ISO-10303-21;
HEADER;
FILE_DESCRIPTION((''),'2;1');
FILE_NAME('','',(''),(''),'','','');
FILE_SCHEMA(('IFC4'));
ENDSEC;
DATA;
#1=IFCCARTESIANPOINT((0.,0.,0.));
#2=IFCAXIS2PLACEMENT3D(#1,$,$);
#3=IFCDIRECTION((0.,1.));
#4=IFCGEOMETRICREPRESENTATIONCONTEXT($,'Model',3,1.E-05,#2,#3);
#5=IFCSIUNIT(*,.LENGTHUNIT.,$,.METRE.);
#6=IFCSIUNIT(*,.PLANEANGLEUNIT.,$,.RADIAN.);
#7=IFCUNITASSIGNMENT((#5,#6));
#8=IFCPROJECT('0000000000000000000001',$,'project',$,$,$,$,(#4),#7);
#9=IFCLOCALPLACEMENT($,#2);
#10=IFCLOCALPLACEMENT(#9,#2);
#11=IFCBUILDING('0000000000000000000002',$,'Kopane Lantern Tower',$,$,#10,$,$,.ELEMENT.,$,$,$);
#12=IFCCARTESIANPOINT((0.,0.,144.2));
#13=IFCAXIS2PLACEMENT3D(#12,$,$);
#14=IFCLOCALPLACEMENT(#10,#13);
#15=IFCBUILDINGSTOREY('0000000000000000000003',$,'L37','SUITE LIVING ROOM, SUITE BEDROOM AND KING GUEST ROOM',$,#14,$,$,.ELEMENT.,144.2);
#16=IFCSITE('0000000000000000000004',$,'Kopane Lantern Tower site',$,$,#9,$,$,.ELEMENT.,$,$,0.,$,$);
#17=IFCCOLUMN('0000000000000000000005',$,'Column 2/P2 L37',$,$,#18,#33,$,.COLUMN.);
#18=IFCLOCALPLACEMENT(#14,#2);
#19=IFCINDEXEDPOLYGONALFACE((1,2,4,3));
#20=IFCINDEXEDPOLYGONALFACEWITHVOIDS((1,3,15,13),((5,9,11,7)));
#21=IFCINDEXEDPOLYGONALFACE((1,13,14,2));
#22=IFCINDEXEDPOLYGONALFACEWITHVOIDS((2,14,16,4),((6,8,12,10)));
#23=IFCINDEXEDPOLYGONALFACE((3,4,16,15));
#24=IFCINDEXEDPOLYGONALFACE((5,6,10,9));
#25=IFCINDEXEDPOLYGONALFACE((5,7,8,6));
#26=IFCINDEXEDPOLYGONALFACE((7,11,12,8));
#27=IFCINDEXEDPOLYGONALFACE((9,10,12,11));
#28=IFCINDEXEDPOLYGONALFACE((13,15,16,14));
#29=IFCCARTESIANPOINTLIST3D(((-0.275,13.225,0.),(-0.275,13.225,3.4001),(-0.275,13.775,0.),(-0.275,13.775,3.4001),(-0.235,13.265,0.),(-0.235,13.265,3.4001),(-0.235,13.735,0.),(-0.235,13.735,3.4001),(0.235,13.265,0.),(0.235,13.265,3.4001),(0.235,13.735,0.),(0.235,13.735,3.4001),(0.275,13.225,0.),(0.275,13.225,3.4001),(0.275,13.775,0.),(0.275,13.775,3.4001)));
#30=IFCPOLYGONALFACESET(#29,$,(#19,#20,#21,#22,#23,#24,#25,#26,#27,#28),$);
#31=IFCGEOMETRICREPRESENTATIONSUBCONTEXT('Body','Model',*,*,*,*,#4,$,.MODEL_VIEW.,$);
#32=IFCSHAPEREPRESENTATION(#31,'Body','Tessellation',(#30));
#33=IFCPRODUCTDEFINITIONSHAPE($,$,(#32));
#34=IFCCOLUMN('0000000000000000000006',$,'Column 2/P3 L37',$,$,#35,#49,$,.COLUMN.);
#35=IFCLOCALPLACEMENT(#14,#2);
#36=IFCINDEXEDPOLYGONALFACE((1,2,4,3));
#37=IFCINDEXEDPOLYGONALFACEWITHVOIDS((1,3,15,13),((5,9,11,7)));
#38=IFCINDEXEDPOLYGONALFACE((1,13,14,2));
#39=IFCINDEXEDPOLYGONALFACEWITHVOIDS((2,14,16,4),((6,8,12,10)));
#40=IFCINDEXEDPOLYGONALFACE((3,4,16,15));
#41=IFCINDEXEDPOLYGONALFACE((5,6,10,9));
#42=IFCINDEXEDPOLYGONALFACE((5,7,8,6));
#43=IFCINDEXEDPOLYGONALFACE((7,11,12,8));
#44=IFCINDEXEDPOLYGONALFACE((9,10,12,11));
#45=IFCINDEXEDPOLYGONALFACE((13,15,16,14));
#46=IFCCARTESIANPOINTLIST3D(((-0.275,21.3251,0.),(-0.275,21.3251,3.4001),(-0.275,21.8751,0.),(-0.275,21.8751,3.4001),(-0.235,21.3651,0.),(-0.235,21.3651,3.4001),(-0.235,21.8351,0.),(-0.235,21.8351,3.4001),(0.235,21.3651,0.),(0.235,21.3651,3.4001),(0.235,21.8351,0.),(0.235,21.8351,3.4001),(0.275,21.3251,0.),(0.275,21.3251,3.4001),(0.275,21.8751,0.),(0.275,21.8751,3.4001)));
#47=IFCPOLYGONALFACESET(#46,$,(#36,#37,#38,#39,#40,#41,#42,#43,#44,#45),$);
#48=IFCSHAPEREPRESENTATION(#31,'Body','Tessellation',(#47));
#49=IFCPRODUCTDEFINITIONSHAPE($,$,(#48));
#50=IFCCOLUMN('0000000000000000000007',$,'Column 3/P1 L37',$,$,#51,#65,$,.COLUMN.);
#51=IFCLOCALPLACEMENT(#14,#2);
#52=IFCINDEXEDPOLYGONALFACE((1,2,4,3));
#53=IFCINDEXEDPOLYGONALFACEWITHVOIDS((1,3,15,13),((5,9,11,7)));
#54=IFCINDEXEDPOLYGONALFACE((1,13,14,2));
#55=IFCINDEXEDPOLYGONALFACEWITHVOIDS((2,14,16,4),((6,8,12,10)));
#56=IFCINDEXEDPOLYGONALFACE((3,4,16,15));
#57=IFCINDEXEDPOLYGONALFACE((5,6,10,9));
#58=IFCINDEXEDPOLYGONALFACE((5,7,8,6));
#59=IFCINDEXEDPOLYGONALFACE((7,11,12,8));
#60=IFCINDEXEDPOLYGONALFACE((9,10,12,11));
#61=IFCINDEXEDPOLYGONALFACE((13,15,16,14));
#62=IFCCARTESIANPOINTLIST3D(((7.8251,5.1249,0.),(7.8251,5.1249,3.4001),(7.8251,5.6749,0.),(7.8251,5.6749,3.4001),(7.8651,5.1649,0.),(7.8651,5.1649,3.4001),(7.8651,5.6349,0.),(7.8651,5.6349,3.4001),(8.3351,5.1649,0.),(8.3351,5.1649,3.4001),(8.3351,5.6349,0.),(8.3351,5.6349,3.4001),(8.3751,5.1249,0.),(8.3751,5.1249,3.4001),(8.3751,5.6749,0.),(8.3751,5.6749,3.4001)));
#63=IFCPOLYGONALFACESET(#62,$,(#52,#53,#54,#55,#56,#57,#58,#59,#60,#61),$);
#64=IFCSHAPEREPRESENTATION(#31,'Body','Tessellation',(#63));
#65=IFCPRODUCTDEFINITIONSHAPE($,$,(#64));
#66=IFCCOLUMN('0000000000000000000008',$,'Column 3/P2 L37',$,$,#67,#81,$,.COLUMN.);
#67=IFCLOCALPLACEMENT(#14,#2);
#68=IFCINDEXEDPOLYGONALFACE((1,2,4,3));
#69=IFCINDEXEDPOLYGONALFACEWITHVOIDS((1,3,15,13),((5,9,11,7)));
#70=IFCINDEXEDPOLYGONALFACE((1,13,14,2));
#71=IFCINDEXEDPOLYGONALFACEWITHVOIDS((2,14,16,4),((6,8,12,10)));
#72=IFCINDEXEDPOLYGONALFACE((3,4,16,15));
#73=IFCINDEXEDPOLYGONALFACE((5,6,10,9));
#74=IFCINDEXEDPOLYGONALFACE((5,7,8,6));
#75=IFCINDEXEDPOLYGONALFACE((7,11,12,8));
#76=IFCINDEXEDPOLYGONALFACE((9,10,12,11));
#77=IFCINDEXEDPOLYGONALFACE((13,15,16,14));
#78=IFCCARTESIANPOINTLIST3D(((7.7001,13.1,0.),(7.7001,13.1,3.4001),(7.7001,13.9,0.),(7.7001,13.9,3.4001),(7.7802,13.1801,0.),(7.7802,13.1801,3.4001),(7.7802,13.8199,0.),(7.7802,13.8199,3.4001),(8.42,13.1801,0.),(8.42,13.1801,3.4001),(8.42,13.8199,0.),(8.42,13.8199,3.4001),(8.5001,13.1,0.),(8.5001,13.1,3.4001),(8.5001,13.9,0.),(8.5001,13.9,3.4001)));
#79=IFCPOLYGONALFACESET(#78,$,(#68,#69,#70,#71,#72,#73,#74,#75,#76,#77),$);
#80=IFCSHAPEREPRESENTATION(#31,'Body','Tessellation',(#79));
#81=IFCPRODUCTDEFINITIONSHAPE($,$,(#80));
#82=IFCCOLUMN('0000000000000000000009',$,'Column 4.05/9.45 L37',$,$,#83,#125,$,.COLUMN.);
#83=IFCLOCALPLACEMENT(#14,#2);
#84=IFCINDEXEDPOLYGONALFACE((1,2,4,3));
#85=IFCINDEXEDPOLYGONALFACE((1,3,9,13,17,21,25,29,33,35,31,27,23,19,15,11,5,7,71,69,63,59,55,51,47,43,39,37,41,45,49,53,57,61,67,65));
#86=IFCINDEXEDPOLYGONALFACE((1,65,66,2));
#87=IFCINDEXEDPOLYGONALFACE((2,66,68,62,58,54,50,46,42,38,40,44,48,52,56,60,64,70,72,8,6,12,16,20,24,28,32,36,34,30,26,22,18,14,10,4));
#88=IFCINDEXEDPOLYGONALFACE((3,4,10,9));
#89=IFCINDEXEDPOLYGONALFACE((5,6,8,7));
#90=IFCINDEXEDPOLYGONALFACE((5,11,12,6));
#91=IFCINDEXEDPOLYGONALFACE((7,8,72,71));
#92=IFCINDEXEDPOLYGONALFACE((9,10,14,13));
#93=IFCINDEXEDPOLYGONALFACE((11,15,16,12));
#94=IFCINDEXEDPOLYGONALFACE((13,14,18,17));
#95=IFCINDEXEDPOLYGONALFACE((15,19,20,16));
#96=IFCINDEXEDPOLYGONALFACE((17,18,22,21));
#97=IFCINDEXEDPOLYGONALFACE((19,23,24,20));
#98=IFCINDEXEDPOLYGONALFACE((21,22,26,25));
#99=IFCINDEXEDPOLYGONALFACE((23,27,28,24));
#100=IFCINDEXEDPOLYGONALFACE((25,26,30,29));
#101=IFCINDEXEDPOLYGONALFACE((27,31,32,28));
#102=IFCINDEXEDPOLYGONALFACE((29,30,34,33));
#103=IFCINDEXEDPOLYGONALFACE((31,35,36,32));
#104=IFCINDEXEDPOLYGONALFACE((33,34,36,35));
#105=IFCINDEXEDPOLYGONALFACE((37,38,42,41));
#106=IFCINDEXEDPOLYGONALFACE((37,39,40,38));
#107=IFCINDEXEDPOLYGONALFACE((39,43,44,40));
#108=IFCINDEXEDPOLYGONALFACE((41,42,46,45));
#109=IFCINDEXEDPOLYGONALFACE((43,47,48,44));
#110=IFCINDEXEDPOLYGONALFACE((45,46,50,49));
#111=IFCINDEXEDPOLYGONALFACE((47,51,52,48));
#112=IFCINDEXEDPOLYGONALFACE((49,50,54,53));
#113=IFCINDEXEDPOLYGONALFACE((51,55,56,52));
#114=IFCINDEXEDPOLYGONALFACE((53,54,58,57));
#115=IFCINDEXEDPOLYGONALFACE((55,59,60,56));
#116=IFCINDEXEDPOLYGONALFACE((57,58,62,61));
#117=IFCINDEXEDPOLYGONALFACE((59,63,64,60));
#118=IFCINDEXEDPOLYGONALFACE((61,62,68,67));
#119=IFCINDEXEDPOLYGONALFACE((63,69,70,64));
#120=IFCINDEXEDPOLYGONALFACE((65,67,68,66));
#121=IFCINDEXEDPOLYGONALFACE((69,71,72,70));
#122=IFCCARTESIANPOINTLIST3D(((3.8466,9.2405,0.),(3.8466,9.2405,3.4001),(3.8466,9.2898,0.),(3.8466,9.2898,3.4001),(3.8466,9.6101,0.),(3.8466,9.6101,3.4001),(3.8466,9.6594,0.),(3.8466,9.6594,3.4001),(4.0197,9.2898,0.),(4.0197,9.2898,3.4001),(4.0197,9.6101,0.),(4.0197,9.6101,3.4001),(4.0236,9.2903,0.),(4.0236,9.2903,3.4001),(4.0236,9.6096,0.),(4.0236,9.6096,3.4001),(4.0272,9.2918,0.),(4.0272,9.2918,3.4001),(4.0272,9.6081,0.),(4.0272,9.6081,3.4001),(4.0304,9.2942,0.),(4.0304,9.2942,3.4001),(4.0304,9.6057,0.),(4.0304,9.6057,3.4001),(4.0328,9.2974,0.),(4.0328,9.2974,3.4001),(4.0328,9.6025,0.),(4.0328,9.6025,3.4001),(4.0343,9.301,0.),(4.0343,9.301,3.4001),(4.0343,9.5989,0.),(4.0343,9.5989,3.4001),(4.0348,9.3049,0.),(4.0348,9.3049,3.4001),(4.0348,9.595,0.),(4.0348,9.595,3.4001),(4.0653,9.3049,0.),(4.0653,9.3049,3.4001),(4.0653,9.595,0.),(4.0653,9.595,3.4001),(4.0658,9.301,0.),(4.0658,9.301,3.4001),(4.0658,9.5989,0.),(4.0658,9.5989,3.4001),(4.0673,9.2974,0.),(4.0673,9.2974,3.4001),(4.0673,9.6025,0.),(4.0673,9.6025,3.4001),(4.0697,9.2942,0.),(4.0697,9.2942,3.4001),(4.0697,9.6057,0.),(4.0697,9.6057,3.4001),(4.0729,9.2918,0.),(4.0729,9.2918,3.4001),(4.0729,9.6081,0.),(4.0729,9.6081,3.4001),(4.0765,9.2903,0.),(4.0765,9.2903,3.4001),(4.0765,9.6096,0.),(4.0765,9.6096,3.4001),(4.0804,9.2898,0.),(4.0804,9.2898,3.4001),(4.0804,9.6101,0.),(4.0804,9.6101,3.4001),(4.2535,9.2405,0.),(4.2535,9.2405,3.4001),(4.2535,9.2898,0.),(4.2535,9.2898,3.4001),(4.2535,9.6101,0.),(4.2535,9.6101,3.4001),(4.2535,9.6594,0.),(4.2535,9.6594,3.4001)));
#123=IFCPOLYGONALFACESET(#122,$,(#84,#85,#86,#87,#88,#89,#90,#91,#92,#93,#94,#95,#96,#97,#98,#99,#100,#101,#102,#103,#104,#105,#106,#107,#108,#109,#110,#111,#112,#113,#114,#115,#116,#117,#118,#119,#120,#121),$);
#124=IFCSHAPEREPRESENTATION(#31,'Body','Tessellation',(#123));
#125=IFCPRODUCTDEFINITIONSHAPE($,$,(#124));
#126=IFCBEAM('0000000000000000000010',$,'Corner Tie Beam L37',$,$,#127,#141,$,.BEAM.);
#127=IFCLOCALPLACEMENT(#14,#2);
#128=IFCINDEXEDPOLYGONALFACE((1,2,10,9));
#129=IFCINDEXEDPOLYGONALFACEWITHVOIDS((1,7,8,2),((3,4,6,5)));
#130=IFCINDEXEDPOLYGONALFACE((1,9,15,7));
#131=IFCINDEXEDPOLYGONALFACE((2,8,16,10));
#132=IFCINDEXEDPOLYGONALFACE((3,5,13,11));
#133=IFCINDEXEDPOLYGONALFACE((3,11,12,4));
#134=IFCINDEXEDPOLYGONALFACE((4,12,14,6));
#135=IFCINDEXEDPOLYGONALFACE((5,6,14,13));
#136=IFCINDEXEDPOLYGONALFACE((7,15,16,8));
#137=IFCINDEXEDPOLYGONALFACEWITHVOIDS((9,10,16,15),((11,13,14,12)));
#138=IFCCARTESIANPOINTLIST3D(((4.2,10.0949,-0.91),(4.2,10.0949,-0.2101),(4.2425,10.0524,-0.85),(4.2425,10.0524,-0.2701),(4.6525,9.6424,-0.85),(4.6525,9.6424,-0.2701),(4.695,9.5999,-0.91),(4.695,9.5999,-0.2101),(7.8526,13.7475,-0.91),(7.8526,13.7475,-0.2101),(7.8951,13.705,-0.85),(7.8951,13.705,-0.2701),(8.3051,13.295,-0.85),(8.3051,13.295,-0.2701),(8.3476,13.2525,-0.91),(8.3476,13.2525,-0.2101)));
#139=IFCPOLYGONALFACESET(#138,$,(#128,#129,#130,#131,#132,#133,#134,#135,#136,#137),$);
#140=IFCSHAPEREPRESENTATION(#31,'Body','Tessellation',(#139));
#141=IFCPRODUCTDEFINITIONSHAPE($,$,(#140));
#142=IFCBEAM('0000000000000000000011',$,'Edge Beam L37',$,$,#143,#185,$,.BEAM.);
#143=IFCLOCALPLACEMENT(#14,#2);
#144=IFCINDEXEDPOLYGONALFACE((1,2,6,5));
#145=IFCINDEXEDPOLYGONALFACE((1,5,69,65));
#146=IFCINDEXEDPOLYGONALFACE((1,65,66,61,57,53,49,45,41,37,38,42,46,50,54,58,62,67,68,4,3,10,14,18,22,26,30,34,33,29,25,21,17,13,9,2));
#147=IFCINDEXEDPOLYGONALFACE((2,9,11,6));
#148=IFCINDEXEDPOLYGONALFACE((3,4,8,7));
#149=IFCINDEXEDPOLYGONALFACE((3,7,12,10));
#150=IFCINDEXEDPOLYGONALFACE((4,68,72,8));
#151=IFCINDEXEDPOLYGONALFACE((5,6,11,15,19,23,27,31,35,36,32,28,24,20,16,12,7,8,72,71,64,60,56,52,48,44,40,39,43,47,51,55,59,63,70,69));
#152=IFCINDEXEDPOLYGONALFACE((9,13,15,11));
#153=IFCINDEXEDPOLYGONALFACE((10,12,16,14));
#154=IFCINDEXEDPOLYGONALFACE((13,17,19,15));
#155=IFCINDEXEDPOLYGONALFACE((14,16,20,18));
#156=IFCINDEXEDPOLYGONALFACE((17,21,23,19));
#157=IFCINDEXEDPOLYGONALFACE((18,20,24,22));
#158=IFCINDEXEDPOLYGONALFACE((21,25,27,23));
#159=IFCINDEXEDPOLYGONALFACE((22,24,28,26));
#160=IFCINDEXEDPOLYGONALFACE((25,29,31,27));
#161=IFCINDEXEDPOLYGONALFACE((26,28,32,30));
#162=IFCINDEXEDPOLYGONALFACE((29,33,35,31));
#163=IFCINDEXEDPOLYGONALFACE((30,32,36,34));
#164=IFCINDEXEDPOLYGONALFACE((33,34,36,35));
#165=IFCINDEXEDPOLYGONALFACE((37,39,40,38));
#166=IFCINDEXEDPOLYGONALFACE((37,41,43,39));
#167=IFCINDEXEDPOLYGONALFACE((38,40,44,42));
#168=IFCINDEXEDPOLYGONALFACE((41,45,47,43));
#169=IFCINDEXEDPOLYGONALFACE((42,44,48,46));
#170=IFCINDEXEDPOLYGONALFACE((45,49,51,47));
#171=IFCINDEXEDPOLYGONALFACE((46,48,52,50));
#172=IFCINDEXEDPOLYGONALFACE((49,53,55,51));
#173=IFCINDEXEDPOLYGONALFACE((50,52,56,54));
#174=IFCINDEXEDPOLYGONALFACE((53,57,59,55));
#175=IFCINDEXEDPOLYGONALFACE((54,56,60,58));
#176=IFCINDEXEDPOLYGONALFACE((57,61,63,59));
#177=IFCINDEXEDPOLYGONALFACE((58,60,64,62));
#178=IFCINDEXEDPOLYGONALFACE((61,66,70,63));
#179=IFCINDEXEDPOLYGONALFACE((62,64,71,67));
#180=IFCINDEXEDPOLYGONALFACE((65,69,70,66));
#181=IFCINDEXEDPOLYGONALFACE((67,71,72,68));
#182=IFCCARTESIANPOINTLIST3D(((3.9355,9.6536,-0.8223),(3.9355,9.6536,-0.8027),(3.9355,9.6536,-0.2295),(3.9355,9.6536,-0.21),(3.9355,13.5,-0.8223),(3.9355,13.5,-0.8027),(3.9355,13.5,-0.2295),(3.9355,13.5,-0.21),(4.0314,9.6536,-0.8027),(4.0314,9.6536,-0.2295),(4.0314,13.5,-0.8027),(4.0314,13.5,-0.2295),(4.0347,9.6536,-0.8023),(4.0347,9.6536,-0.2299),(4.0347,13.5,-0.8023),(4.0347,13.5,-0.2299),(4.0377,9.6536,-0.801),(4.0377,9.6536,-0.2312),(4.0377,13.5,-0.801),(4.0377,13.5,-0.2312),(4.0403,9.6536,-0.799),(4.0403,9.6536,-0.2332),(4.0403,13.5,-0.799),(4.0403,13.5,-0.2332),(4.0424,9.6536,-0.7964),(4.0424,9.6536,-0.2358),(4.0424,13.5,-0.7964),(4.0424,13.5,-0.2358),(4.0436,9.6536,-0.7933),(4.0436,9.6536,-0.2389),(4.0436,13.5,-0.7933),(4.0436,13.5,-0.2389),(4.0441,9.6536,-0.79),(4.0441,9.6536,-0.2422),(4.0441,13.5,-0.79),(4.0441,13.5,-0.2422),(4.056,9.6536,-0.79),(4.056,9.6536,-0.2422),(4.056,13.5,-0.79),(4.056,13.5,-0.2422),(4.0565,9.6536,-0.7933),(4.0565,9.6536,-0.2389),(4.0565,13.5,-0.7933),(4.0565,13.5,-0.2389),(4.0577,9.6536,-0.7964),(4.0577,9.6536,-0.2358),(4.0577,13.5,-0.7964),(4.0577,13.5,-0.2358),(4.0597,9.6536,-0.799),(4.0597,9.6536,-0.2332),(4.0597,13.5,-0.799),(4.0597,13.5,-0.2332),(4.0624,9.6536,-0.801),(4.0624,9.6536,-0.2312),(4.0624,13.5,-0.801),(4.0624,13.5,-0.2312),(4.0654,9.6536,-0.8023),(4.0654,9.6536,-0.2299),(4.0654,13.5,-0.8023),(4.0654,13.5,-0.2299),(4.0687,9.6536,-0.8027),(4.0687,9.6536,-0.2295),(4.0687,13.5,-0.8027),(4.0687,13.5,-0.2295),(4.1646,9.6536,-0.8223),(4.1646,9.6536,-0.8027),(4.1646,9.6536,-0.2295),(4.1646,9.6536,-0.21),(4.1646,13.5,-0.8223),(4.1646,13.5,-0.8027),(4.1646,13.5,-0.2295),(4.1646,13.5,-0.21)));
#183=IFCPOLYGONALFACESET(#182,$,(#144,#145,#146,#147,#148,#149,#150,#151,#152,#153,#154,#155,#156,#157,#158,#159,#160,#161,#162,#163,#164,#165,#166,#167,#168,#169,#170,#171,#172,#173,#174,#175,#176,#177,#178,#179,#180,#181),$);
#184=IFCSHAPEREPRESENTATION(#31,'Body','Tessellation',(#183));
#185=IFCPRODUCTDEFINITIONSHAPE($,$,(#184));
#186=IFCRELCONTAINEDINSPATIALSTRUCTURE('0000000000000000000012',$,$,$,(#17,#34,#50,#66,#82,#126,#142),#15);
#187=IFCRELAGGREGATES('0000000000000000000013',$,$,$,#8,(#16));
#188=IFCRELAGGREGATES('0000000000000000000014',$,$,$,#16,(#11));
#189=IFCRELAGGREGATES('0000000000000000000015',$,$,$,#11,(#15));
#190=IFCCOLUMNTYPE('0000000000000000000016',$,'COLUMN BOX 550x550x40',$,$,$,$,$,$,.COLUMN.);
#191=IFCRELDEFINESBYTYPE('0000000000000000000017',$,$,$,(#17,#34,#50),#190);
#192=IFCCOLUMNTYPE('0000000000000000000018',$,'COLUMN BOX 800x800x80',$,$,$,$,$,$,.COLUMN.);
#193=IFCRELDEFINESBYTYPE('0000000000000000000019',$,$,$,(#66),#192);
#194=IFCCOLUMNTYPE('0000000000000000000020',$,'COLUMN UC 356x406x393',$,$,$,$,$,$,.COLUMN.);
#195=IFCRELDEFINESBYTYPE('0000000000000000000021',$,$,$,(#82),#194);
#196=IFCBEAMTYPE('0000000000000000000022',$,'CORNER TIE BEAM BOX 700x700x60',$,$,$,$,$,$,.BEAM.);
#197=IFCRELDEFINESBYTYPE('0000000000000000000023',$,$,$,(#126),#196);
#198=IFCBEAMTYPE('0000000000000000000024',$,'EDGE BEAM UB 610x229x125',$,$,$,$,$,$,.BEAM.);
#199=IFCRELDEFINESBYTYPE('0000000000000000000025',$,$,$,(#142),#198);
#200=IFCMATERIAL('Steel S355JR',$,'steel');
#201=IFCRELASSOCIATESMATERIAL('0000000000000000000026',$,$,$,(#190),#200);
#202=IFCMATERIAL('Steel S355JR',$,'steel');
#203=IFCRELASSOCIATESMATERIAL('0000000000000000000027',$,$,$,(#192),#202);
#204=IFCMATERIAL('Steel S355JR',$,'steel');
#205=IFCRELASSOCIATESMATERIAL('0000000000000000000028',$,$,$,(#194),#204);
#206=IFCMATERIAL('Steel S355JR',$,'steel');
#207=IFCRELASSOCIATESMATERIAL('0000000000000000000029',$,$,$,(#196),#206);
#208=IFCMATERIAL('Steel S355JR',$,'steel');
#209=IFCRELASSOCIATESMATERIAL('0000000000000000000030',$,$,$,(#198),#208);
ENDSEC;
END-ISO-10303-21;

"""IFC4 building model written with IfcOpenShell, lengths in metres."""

from ifc_helpers import new_model, si_unit, direction, frame, origin, origin_2d, place, context, subcontext, project, spatial, hollow_rectangle, i_section, extrude, material, material_profile, profile_set, type_object, element, save


model = new_model("IFC4")

# Units and contexts
model_context = context("Model", 3, precision=1e-05, world=origin(), true_north=direction((0.0, 1.0)))
body_context = subcontext(model_context, "Body", "Model", "MODEL_VIEW")
ifc_project = project(units=[si_unit("LENGTHUNIT", "METRE"), si_unit("PLANEANGLEUNIT", "RADIAN")], contexts=[model_context])

# Site, building, storey
site_placement = place(None, origin())
site = spatial("IfcSite", under=ifc_project, at=site_placement, Name="Kopane Lantern Tower site", CompositionType="ELEMENT", RefElevation=0.0)
building_placement = place(site_placement, origin())
building = spatial("IfcBuilding", under=site, at=building_placement, Name="Kopane Lantern Tower", CompositionType="ELEMENT")
storey_placement = place(building_placement, frame((0.0, 0.0, 144.2)))
storey = spatial("IfcBuildingStorey", under=building, at=storey_placement, Name="L37", Description="SUITE LIVING ROOM, SUITE BEDROOM AND KING GUEST ROOM", CompositionType="ELEMENT", Elevation=144.2)

# Columns
ifc_material_1 = material(Name="Steel S355JR", Category="steel")
ifc_material_profile_1 = material_profile(ifc_material_1, hollow_rectangle(XDim=0.55, YDim=0.55, WallThickness=0.04, at=origin_2d()), Name="BOX 550x550x40")
ifc_profile_set_1 = profile_set([ifc_material_profile_1], Name="Steel S355JR")
column_type_1 = type_object("IfcColumnType", Name="COLUMN BOX 550x550x40", PredefinedType="COLUMN", material=ifc_profile_set_1)
for number, where, z_axis, x_axis, name in (
    (1, (0.0, 13.5, 0.0), (0.0, 0.0, 1.0), (1.0, 0.0, 0.0), "Column 2/P2 L37"),
    (2, (0.0, 21.6001, 0.0), (0.0, 0.0, 1.0), (1.0, 0.0, 0.0), "Column 2/P3 L37"),
    (3, (8.1001, 5.3999, 0.0), (0.0, 0.0, 1.0), (1.0, 0.0, 0.0), "Column 3/P1 L37"),
):
    element("IfcColumn", number, at=place(storey_placement, frame(where, z_axis=z_axis, x_axis=x_axis)), inside=storey, type_object=column_type_1, Name=name, PredefinedType="COLUMN", context=body_context, shape_type="SweptSolid", body=[
        extrude(hollow_rectangle(XDim=0.55, YDim=0.55, WallThickness=0.04, at=origin_2d()), origin(), (0.0, 0.0, 1.0), 3.4001),
    ])
ifc_material_2 = material(Name="Steel S355JR", Category="steel")
ifc_material_profile_2 = material_profile(ifc_material_2, hollow_rectangle(XDim=0.8, YDim=0.8, WallThickness=0.0801, at=origin_2d()), Name="BOX 800x800x80")
ifc_profile_set_2 = profile_set([ifc_material_profile_2], Name="Steel S355JR")
column_type_2 = type_object("IfcColumnType", Name="COLUMN BOX 800x800x80", PredefinedType="COLUMN", material=ifc_profile_set_2)
column_1_placement = place(storey_placement, frame((8.1001, 13.5, 0.0), z_axis=(0.0, 0.0, 1.0), x_axis=(1.0, 0.0, 0.0)))
element("IfcColumn", 4, at=column_1_placement, inside=storey, type_object=column_type_2, Name="Column 3/P2 L37", PredefinedType="COLUMN", context=body_context, shape_type="SweptSolid", body=[
    extrude(hollow_rectangle(XDim=0.8, YDim=0.8, WallThickness=0.0801, at=origin_2d()), origin(), (0.0, 0.0, 1.0), 3.4001),
])
ifc_material_3 = material(Name="Steel S355JR", Category="steel")
ifc_material_profile_3 = material_profile(ifc_material_3, i_section(OverallWidth=0.407, OverallDepth=0.4189, WebThickness=0.0305, FlangeThickness=0.0493, FilletRadius=0.0151, at=origin_2d()), Name="UC 356x406x393")
ifc_profile_set_3 = profile_set([ifc_material_profile_3], Name="Steel S355JR")
column_type_3 = type_object("IfcColumnType", Name="COLUMN UC 356x406x393", PredefinedType="COLUMN", material=ifc_profile_set_3)
column_2_placement = place(storey_placement, frame((4.05, 9.45, 0.0), z_axis=(0.0, 0.0, 1.0), x_axis=(1.0, 0.0, 0.0)))
element("IfcColumn", 5, at=column_2_placement, inside=storey, type_object=column_type_3, Name="Column 4.05/9.45 L37", PredefinedType="COLUMN", context=body_context, shape_type="SweptSolid", body=[
    extrude(i_section(OverallWidth=0.407, OverallDepth=0.4189, WebThickness=0.0305, FlangeThickness=0.0493, FilletRadius=0.0151, at=origin_2d()), origin(), (0.0, 0.0, 1.0), 3.4001),
])

# Beams
ifc_material_4 = material(Name="Steel S355JR", Category="steel")
ifc_material_profile_4 = material_profile(ifc_material_4, hollow_rectangle(XDim=0.7, YDim=0.7, WallThickness=0.0601, at=origin_2d()), Name="BOX 700x700x60")
ifc_profile_set_4 = profile_set([ifc_material_profile_4], Name="Steel S355JR")
beam_type_1 = type_object("IfcBeamType", Name="CORNER TIE BEAM BOX 700x700x60", PredefinedType="BEAM", material=ifc_profile_set_4)
beam_1_placement = place(storey_placement, frame((4.4475, 9.8474, -0.5601), z_axis=(0.707107, 0.707107, 0.0), x_axis=(-0.707107, 0.707107, 0.0)))
element("IfcBeam", 6, at=beam_1_placement, inside=storey, type_object=beam_type_1, Name="Corner Tie Beam L37", PredefinedType="BEAM", context=body_context, shape_type="SweptSolid", body=[
    extrude(hollow_rectangle(XDim=0.7, YDim=0.7, WallThickness=0.0601, at=origin_2d()), origin(), (0.0, 0.0, 1.0), 5.1655),
])
ifc_material_5 = material(Name="Steel S355JR", Category="steel")
ifc_material_profile_5 = material_profile(ifc_material_5, i_section(OverallWidth=0.229, OverallDepth=0.6123, WebThickness=0.012, FlangeThickness=0.0195, FilletRadius=0.0127, at=origin_2d()), Name="UB 610x229x125")
ifc_profile_set_5 = profile_set([ifc_material_profile_5], Name="Steel S355JR")
beam_type_2 = type_object("IfcBeamType", Name="EDGE BEAM UB 610x229x125", PredefinedType="BEAM", material=ifc_profile_set_5)
beam_2_placement = place(storey_placement, frame((4.05, 9.6536, -0.5161), z_axis=(0.0, 1.0, 0.0), x_axis=(-1.0, 0.0, 0.0)))
element("IfcBeam", 7, at=beam_2_placement, inside=storey, type_object=beam_type_2, Name="Edge Beam L37", PredefinedType="BEAM", context=body_context, shape_type="SweptSolid", body=[
    extrude(i_section(OverallWidth=0.229, OverallDepth=0.6123, WebThickness=0.012, FlangeThickness=0.0195, FilletRadius=0.0127, at=origin_2d()), origin(), (0.0, 0.0, 1.0), 3.8464),
])

save(model, "model.ifc")
